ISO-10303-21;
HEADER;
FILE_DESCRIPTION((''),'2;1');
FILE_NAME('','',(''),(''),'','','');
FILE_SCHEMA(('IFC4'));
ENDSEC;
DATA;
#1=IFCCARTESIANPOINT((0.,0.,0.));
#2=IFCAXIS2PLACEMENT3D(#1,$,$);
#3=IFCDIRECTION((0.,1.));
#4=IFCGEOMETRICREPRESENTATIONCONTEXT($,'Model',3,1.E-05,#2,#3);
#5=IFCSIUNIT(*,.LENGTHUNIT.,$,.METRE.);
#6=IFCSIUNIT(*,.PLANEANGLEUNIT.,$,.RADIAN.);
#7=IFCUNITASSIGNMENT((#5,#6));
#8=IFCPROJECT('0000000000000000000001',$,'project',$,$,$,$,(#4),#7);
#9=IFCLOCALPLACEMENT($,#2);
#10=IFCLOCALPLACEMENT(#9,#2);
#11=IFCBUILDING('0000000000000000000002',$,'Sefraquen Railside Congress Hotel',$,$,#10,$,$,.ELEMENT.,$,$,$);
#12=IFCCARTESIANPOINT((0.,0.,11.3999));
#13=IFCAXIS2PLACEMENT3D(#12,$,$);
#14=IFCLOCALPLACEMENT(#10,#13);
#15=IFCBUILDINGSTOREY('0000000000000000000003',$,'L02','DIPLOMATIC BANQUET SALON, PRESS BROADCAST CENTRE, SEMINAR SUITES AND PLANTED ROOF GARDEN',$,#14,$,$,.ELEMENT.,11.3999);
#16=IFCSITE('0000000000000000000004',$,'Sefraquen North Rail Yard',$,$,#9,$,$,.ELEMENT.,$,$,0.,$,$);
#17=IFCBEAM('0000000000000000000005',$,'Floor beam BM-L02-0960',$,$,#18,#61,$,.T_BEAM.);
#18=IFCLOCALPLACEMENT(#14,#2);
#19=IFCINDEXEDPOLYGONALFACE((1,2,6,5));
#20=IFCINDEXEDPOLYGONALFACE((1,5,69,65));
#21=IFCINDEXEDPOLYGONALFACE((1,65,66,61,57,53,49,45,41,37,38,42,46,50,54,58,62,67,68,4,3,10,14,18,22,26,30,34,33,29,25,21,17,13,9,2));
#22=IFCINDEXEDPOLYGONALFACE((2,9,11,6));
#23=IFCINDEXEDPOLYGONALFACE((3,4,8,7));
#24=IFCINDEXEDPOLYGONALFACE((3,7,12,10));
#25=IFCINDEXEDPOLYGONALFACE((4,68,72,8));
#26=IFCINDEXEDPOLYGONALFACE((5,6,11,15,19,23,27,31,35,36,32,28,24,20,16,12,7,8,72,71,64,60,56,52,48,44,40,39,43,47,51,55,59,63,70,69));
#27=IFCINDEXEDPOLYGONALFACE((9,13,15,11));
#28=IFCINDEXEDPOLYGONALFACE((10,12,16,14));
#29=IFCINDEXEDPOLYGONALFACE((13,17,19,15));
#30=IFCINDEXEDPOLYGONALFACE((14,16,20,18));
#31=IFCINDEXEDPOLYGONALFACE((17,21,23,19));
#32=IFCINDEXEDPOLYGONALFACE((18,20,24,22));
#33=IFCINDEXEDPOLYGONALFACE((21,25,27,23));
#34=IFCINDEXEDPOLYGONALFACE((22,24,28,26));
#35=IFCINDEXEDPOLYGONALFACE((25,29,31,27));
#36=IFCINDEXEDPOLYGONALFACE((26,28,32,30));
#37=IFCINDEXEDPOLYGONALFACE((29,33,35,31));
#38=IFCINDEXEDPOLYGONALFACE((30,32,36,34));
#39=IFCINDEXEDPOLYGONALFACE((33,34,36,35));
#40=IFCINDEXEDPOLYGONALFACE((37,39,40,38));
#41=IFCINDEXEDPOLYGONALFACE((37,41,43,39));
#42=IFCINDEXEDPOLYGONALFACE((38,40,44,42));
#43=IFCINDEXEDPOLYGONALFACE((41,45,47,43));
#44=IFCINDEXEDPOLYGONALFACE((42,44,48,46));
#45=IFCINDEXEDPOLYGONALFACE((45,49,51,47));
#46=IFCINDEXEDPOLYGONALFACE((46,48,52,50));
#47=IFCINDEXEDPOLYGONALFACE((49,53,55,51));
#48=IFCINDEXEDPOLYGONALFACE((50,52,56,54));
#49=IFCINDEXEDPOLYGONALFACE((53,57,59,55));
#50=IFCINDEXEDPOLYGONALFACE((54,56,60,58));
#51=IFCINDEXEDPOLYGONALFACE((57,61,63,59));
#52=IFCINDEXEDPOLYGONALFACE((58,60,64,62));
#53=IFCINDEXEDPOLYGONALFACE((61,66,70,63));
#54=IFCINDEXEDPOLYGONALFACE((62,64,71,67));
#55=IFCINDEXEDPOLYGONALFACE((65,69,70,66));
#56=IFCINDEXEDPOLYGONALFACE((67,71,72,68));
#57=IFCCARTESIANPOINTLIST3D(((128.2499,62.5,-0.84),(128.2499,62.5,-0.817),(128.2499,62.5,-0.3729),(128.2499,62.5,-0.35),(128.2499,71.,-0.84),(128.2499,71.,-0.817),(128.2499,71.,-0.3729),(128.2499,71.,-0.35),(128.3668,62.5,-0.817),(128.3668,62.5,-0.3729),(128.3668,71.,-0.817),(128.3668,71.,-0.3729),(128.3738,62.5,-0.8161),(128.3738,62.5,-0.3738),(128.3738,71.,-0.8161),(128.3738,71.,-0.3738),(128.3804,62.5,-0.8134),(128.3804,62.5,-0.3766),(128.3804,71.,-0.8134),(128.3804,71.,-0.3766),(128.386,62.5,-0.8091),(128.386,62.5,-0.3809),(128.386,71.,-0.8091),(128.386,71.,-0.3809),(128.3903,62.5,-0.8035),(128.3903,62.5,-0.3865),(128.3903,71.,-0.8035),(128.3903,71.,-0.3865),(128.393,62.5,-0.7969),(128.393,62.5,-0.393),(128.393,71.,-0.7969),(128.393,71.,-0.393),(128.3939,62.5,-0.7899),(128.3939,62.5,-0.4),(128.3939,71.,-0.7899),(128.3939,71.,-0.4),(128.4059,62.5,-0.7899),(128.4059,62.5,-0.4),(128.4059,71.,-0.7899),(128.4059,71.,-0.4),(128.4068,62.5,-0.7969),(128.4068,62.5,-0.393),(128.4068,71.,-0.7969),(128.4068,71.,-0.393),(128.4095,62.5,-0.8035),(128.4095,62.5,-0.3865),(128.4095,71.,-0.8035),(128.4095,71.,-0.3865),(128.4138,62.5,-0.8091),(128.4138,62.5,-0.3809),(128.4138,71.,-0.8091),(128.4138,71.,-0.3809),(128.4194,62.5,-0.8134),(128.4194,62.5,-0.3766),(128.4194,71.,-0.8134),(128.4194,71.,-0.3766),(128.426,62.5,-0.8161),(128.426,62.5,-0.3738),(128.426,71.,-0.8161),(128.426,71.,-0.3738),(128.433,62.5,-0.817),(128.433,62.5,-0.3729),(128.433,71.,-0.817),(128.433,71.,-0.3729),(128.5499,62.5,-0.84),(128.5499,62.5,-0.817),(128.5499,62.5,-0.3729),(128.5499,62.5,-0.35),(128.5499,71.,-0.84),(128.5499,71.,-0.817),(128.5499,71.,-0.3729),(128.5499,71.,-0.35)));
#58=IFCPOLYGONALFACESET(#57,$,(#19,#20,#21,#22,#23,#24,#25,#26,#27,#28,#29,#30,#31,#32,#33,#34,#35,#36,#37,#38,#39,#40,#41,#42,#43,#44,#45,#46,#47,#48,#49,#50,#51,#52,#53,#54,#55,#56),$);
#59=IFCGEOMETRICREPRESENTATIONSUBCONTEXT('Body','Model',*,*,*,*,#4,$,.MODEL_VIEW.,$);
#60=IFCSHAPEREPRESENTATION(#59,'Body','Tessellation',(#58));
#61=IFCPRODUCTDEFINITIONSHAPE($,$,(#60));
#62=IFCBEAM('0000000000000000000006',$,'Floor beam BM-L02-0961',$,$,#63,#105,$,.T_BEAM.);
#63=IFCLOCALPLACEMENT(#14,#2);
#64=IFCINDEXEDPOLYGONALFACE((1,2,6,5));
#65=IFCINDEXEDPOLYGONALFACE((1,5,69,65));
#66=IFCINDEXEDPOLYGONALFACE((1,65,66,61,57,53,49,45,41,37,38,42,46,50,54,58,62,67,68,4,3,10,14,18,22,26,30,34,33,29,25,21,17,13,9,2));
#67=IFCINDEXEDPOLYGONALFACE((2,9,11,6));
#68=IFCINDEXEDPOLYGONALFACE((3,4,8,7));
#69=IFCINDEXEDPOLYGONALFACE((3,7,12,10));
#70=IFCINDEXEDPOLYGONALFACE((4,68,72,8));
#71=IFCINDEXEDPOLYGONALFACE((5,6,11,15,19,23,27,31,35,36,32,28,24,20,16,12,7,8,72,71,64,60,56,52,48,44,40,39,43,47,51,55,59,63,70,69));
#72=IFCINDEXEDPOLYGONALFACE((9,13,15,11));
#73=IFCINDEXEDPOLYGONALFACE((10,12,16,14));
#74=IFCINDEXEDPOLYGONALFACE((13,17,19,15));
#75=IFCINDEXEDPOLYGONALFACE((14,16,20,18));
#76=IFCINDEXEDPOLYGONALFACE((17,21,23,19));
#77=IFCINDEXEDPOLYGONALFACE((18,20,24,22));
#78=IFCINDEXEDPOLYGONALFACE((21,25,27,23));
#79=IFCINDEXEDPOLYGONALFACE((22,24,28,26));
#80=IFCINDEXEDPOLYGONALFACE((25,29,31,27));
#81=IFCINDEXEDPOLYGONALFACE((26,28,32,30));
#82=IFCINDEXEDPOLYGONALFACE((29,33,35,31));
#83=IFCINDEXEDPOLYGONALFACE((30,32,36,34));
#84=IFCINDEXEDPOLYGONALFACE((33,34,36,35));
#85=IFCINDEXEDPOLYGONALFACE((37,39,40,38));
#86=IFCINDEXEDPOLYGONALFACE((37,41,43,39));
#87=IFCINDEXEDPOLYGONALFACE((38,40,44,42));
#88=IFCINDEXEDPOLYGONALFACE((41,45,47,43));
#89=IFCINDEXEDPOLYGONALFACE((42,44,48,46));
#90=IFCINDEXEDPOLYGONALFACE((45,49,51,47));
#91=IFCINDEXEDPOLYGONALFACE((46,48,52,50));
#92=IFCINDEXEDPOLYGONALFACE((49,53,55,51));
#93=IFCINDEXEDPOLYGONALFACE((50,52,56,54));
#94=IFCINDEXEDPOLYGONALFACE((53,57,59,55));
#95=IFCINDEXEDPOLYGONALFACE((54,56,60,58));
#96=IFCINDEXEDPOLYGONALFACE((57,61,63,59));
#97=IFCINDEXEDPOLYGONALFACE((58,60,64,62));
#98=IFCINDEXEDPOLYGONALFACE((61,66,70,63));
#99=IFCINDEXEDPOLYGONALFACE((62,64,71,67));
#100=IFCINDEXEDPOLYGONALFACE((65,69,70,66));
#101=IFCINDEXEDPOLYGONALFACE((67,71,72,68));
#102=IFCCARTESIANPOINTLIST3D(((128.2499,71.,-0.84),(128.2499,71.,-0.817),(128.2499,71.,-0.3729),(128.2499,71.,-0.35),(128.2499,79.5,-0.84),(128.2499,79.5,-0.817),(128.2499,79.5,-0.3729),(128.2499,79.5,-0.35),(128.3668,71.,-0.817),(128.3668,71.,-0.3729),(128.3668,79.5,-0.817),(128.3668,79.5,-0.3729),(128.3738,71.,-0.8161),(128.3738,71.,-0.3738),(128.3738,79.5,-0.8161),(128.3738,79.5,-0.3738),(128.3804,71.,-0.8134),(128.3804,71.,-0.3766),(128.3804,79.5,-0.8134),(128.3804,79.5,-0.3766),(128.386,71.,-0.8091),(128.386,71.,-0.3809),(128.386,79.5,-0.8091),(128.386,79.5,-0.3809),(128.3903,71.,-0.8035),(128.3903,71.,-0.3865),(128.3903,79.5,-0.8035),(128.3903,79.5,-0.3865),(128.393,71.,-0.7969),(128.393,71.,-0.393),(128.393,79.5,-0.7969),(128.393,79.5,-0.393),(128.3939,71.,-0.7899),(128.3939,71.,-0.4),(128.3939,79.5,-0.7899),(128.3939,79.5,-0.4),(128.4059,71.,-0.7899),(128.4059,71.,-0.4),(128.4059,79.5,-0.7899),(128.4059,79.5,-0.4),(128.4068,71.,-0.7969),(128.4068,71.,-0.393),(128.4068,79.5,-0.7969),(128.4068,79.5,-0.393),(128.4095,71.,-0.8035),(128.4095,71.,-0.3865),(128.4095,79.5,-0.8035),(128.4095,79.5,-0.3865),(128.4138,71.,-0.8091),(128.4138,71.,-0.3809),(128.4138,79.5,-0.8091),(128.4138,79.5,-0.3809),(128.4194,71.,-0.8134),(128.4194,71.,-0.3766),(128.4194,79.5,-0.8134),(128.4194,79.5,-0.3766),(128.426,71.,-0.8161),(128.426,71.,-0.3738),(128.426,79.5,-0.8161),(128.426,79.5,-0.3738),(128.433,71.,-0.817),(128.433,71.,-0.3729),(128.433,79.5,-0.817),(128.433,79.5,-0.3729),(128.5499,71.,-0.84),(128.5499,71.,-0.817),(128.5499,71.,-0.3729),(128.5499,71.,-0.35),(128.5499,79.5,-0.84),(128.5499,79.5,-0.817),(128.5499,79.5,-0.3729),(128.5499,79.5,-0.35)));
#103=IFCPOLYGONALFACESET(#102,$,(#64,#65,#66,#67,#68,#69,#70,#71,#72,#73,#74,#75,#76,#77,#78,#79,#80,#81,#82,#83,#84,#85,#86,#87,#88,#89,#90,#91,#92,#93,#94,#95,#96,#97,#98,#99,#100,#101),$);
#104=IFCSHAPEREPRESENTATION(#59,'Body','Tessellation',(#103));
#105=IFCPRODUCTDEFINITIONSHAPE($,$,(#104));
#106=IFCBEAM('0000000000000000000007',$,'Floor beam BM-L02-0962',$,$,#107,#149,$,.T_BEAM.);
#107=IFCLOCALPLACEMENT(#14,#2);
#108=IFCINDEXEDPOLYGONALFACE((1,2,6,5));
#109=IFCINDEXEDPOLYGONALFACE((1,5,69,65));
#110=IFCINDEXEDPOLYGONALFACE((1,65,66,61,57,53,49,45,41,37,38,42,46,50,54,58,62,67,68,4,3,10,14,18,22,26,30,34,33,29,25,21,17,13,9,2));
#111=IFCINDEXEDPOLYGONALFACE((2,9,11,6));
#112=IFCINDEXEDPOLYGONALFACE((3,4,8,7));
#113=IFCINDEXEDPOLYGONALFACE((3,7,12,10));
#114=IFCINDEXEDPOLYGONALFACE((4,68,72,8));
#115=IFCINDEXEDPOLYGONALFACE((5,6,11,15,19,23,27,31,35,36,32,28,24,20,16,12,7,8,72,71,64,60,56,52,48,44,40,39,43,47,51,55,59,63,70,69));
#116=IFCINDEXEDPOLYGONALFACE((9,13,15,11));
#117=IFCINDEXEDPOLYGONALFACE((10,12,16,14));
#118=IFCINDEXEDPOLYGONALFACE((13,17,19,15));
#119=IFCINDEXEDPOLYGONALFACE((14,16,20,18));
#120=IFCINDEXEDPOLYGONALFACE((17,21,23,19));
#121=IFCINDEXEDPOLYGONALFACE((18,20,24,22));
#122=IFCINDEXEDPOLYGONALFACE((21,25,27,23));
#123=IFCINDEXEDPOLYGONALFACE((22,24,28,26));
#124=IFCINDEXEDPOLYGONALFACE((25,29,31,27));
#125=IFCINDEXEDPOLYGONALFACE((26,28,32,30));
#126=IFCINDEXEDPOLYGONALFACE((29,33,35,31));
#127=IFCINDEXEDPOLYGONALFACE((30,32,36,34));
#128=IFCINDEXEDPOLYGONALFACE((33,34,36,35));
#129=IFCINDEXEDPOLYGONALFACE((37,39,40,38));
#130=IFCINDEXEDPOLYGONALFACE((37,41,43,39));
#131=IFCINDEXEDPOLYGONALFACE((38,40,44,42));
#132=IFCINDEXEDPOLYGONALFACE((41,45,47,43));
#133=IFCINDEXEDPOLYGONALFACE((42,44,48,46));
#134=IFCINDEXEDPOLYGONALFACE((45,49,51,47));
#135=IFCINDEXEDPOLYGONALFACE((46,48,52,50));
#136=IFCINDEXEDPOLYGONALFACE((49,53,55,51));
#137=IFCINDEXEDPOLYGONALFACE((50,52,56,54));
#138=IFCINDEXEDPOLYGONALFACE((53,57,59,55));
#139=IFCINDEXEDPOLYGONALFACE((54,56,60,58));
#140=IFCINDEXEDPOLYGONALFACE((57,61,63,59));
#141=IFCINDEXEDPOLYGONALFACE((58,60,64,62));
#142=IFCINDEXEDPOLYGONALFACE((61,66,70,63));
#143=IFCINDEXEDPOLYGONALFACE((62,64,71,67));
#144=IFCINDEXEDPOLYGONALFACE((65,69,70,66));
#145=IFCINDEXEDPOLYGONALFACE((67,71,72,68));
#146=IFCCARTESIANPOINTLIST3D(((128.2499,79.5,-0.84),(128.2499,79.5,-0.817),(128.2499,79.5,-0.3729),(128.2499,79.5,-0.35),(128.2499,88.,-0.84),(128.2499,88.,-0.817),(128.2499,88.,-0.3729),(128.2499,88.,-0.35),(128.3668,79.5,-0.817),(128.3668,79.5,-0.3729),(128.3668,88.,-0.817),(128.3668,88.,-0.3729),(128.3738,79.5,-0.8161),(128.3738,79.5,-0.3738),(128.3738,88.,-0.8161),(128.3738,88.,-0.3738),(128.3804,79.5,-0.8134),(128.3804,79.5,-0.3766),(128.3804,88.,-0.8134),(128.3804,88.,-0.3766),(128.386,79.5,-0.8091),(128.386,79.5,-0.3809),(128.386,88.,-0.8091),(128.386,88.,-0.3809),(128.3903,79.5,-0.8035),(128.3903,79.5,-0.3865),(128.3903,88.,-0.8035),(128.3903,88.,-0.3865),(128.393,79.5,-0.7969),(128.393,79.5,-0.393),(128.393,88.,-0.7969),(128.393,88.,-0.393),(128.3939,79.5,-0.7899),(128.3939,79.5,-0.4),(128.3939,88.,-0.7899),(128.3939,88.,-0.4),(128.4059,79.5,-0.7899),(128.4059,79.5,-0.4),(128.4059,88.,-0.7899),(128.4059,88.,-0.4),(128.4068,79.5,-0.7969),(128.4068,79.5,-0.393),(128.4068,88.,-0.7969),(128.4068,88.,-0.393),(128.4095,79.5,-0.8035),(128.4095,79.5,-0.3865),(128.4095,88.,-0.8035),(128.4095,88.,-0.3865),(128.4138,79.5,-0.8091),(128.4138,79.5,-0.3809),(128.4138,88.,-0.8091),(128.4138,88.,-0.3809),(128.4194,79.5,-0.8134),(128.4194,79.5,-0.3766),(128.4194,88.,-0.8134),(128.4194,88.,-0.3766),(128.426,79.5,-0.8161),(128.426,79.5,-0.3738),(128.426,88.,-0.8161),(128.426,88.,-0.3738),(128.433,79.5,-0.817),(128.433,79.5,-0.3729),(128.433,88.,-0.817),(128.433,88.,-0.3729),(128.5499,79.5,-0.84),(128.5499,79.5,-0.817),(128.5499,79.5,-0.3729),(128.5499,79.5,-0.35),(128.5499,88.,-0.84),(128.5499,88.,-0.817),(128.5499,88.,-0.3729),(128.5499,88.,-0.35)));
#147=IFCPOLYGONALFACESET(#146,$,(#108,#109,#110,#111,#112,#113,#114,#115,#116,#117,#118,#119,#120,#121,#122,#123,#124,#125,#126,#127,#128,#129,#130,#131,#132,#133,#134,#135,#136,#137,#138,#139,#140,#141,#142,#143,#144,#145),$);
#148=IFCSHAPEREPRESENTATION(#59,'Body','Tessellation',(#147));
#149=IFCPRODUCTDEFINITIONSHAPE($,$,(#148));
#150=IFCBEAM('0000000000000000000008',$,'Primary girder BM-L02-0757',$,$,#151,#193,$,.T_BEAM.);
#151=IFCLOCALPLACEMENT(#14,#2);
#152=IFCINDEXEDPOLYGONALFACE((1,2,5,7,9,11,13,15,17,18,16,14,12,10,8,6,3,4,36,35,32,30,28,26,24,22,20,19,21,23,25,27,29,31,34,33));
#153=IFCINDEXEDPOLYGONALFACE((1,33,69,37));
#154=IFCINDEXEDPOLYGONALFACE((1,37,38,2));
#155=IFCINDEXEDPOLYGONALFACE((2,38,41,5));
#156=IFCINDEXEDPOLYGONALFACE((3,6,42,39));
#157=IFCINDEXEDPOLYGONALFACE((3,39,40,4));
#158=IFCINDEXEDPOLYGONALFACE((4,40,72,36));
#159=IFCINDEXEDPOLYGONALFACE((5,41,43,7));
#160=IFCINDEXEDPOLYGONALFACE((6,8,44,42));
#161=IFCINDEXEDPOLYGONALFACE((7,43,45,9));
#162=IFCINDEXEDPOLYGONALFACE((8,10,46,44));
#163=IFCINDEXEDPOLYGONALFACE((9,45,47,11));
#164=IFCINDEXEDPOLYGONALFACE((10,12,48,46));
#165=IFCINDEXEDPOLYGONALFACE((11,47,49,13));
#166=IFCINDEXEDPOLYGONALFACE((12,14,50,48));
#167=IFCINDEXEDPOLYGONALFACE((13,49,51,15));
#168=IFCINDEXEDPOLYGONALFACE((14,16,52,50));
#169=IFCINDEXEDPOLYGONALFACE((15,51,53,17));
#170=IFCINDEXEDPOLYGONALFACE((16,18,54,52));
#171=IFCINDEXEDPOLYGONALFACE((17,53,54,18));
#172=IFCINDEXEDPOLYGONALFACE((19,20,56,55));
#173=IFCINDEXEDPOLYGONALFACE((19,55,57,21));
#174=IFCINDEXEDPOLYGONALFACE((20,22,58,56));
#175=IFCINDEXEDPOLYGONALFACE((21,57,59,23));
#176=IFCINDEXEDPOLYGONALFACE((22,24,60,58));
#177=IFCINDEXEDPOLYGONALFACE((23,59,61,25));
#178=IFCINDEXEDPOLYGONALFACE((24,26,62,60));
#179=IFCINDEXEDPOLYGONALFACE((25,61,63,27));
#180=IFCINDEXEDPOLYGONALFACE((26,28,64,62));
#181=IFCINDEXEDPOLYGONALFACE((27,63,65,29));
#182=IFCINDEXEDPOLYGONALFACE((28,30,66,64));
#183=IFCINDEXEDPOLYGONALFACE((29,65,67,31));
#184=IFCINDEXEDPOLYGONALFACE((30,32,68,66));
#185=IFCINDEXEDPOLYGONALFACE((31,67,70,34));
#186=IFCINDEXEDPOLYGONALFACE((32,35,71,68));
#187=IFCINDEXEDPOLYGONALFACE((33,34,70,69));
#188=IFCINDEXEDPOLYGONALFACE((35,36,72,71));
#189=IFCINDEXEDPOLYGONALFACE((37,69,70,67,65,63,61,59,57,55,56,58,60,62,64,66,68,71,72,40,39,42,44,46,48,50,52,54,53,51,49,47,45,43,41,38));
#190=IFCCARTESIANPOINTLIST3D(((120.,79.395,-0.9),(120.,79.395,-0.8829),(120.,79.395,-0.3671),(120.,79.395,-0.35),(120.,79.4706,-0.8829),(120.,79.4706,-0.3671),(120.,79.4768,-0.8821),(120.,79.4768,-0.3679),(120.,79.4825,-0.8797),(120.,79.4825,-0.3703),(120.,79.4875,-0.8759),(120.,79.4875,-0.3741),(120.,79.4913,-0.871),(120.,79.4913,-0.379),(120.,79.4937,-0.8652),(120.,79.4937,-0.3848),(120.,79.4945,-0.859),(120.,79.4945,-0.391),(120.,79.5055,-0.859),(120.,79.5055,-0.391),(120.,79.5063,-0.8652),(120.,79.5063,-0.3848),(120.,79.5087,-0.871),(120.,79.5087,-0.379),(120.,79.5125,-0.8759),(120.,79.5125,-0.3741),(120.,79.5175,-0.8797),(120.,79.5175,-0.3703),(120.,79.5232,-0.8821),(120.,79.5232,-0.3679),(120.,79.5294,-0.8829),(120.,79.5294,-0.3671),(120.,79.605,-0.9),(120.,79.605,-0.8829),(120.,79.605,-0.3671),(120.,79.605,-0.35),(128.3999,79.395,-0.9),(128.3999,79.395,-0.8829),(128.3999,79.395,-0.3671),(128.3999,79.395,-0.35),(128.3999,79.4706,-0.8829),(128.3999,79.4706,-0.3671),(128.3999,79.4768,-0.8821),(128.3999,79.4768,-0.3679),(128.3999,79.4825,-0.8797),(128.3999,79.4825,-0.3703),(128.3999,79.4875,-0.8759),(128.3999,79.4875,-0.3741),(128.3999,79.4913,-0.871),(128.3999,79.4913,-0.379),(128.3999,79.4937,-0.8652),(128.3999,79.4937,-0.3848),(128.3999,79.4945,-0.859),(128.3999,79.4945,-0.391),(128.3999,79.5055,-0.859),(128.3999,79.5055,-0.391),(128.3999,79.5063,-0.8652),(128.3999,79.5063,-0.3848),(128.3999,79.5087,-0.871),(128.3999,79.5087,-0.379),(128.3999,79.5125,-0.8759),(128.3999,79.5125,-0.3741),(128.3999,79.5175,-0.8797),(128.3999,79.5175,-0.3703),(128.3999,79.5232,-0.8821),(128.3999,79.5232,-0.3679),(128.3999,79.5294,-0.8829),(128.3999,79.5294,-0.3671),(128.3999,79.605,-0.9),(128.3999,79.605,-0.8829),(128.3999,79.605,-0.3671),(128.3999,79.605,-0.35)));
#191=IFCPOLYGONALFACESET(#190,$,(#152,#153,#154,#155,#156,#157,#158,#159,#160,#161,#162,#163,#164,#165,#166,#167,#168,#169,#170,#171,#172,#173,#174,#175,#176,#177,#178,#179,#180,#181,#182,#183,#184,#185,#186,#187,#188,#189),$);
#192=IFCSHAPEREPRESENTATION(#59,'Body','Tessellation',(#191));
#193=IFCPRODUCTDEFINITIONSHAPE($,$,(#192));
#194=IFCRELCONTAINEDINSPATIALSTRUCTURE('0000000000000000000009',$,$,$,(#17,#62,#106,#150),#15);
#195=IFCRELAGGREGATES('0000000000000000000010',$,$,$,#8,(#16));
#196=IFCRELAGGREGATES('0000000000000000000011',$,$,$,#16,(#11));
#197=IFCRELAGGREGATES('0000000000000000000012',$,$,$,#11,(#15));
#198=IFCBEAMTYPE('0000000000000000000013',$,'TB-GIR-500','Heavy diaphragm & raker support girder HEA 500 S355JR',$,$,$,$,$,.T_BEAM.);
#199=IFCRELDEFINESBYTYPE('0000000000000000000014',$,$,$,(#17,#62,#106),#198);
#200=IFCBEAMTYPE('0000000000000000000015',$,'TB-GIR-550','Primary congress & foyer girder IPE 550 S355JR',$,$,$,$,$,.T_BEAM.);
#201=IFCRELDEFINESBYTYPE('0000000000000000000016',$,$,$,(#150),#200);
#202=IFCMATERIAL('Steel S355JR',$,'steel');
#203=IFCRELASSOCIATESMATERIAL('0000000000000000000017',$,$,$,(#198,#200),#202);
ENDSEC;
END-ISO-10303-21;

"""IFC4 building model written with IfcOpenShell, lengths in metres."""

from ifc_helpers import new_model, si_unit, direction, frame, origin, origin_2d, place, context, subcontext, project, spatial, i_section, extrude, material, material_profile, profile_set, type_object, element, save


model = new_model("IFC4")

# Units and contexts
model_context = context("Model", 3, precision=1e-05, world=origin(), true_north=direction((0.0, 1.0)))
body_context = subcontext(model_context, "Body", "Model", "MODEL_VIEW")
ifc_project = project(units=[si_unit("LENGTHUNIT", "METRE"), si_unit("PLANEANGLEUNIT", "RADIAN")], contexts=[model_context])

# Site, building, storey
site_placement = place(None, origin())
site = spatial("IfcSite", under=ifc_project, at=site_placement, Name="Sefraquen North Rail Yard", CompositionType="ELEMENT", RefElevation=0.0)
building_placement = place(site_placement, origin())
building = spatial("IfcBuilding", under=site, at=building_placement, Name="Sefraquen Railside Congress Hotel", CompositionType="ELEMENT")
storey_placement = place(building_placement, frame((0.0, 0.0, 11.3999)))
storey = spatial("IfcBuildingStorey", under=building, at=storey_placement, Name="L02", Description="DIPLOMATIC BANQUET SALON, PRESS BROADCAST CENTRE, SEMINAR SUITES AND PLANTED ROOF GARDEN", CompositionType="ELEMENT", Elevation=11.3999)

# Shared definitions
ifc_material_1 = material(Name="Steel S355JR", Category="steel")

# Beams
ifc_material_profile_1 = material_profile(ifc_material_1, i_section(OverallWidth=0.3, OverallDepth=0.49, WebThickness=0.012, FlangeThickness=0.0229, FilletRadius=0.0271, at=origin_2d()), Name="HEA 500")
ifc_profile_set_1 = profile_set([ifc_material_profile_1], Name="Steel S355JR")
beam_type_1 = type_object("IfcBeamType", Name="TB-GIR-500", Description="Heavy diaphragm & raker support girder HEA 500 S355JR", PredefinedType="T_BEAM", material=ifc_profile_set_1)
for number, where, z_axis, x_axis, name in (
    (1, (128.3999, 62.5, -0.595), (0.0, 1.0, 0.0), (-1.0, 0.0, 0.0), "Floor beam BM-L02-0960"),
    (2, (128.3999, 71.0, -0.595), (0.0, 1.0, 0.0), (-1.0, 0.0, 0.0), "Floor beam BM-L02-0961"),
    (3, (128.3999, 79.5, -0.595), (0.0, 1.0, 0.0), (-1.0, 0.0, 0.0), "Floor beam BM-L02-0962"),
):
    element("IfcBeam", number, at=place(storey_placement, frame(where, z_axis=z_axis, x_axis=x_axis)), inside=storey, type_object=beam_type_1, Name=name, PredefinedType="T_BEAM", context=body_context, shape_type="SweptSolid", body=[
        extrude(i_section(OverallWidth=0.3, OverallDepth=0.49, WebThickness=0.012, FlangeThickness=0.0229, FilletRadius=0.0271, at=origin_2d()), origin(), (0.0, 0.0, 1.0), 8.5),
    ])
ifc_material_profile_2 = material_profile(ifc_material_1, i_section(OverallWidth=0.21, OverallDepth=0.55, WebThickness=0.011, FlangeThickness=0.0171, FilletRadius=0.0239, at=origin_2d()), Name="IPE 550")
ifc_profile_set_2 = profile_set([ifc_material_profile_2], Name="Steel S355JR")
beam_type_2 = type_object("IfcBeamType", Name="TB-GIR-550", Description="Primary congress & foyer girder IPE 550 S355JR", PredefinedType="T_BEAM", material=ifc_profile_set_2)
beam_placement = place(storey_placement, frame((120.0, 79.5, -0.625), z_axis=(1.0, 0.0, 0.0), x_axis=(0.0, 1.0, 0.0)))
element("IfcBeam", 4, at=beam_placement, inside=storey, type_object=beam_type_2, Name="Primary girder BM-L02-0757", PredefinedType="T_BEAM", context=body_context, shape_type="SweptSolid", body=[
    extrude(i_section(OverallWidth=0.21, OverallDepth=0.55, WebThickness=0.011, FlangeThickness=0.0171, FilletRadius=0.0239, at=origin_2d()), origin(), (0.0, 0.0, 1.0), 8.3999),
])

save(model, "model.ifc")
